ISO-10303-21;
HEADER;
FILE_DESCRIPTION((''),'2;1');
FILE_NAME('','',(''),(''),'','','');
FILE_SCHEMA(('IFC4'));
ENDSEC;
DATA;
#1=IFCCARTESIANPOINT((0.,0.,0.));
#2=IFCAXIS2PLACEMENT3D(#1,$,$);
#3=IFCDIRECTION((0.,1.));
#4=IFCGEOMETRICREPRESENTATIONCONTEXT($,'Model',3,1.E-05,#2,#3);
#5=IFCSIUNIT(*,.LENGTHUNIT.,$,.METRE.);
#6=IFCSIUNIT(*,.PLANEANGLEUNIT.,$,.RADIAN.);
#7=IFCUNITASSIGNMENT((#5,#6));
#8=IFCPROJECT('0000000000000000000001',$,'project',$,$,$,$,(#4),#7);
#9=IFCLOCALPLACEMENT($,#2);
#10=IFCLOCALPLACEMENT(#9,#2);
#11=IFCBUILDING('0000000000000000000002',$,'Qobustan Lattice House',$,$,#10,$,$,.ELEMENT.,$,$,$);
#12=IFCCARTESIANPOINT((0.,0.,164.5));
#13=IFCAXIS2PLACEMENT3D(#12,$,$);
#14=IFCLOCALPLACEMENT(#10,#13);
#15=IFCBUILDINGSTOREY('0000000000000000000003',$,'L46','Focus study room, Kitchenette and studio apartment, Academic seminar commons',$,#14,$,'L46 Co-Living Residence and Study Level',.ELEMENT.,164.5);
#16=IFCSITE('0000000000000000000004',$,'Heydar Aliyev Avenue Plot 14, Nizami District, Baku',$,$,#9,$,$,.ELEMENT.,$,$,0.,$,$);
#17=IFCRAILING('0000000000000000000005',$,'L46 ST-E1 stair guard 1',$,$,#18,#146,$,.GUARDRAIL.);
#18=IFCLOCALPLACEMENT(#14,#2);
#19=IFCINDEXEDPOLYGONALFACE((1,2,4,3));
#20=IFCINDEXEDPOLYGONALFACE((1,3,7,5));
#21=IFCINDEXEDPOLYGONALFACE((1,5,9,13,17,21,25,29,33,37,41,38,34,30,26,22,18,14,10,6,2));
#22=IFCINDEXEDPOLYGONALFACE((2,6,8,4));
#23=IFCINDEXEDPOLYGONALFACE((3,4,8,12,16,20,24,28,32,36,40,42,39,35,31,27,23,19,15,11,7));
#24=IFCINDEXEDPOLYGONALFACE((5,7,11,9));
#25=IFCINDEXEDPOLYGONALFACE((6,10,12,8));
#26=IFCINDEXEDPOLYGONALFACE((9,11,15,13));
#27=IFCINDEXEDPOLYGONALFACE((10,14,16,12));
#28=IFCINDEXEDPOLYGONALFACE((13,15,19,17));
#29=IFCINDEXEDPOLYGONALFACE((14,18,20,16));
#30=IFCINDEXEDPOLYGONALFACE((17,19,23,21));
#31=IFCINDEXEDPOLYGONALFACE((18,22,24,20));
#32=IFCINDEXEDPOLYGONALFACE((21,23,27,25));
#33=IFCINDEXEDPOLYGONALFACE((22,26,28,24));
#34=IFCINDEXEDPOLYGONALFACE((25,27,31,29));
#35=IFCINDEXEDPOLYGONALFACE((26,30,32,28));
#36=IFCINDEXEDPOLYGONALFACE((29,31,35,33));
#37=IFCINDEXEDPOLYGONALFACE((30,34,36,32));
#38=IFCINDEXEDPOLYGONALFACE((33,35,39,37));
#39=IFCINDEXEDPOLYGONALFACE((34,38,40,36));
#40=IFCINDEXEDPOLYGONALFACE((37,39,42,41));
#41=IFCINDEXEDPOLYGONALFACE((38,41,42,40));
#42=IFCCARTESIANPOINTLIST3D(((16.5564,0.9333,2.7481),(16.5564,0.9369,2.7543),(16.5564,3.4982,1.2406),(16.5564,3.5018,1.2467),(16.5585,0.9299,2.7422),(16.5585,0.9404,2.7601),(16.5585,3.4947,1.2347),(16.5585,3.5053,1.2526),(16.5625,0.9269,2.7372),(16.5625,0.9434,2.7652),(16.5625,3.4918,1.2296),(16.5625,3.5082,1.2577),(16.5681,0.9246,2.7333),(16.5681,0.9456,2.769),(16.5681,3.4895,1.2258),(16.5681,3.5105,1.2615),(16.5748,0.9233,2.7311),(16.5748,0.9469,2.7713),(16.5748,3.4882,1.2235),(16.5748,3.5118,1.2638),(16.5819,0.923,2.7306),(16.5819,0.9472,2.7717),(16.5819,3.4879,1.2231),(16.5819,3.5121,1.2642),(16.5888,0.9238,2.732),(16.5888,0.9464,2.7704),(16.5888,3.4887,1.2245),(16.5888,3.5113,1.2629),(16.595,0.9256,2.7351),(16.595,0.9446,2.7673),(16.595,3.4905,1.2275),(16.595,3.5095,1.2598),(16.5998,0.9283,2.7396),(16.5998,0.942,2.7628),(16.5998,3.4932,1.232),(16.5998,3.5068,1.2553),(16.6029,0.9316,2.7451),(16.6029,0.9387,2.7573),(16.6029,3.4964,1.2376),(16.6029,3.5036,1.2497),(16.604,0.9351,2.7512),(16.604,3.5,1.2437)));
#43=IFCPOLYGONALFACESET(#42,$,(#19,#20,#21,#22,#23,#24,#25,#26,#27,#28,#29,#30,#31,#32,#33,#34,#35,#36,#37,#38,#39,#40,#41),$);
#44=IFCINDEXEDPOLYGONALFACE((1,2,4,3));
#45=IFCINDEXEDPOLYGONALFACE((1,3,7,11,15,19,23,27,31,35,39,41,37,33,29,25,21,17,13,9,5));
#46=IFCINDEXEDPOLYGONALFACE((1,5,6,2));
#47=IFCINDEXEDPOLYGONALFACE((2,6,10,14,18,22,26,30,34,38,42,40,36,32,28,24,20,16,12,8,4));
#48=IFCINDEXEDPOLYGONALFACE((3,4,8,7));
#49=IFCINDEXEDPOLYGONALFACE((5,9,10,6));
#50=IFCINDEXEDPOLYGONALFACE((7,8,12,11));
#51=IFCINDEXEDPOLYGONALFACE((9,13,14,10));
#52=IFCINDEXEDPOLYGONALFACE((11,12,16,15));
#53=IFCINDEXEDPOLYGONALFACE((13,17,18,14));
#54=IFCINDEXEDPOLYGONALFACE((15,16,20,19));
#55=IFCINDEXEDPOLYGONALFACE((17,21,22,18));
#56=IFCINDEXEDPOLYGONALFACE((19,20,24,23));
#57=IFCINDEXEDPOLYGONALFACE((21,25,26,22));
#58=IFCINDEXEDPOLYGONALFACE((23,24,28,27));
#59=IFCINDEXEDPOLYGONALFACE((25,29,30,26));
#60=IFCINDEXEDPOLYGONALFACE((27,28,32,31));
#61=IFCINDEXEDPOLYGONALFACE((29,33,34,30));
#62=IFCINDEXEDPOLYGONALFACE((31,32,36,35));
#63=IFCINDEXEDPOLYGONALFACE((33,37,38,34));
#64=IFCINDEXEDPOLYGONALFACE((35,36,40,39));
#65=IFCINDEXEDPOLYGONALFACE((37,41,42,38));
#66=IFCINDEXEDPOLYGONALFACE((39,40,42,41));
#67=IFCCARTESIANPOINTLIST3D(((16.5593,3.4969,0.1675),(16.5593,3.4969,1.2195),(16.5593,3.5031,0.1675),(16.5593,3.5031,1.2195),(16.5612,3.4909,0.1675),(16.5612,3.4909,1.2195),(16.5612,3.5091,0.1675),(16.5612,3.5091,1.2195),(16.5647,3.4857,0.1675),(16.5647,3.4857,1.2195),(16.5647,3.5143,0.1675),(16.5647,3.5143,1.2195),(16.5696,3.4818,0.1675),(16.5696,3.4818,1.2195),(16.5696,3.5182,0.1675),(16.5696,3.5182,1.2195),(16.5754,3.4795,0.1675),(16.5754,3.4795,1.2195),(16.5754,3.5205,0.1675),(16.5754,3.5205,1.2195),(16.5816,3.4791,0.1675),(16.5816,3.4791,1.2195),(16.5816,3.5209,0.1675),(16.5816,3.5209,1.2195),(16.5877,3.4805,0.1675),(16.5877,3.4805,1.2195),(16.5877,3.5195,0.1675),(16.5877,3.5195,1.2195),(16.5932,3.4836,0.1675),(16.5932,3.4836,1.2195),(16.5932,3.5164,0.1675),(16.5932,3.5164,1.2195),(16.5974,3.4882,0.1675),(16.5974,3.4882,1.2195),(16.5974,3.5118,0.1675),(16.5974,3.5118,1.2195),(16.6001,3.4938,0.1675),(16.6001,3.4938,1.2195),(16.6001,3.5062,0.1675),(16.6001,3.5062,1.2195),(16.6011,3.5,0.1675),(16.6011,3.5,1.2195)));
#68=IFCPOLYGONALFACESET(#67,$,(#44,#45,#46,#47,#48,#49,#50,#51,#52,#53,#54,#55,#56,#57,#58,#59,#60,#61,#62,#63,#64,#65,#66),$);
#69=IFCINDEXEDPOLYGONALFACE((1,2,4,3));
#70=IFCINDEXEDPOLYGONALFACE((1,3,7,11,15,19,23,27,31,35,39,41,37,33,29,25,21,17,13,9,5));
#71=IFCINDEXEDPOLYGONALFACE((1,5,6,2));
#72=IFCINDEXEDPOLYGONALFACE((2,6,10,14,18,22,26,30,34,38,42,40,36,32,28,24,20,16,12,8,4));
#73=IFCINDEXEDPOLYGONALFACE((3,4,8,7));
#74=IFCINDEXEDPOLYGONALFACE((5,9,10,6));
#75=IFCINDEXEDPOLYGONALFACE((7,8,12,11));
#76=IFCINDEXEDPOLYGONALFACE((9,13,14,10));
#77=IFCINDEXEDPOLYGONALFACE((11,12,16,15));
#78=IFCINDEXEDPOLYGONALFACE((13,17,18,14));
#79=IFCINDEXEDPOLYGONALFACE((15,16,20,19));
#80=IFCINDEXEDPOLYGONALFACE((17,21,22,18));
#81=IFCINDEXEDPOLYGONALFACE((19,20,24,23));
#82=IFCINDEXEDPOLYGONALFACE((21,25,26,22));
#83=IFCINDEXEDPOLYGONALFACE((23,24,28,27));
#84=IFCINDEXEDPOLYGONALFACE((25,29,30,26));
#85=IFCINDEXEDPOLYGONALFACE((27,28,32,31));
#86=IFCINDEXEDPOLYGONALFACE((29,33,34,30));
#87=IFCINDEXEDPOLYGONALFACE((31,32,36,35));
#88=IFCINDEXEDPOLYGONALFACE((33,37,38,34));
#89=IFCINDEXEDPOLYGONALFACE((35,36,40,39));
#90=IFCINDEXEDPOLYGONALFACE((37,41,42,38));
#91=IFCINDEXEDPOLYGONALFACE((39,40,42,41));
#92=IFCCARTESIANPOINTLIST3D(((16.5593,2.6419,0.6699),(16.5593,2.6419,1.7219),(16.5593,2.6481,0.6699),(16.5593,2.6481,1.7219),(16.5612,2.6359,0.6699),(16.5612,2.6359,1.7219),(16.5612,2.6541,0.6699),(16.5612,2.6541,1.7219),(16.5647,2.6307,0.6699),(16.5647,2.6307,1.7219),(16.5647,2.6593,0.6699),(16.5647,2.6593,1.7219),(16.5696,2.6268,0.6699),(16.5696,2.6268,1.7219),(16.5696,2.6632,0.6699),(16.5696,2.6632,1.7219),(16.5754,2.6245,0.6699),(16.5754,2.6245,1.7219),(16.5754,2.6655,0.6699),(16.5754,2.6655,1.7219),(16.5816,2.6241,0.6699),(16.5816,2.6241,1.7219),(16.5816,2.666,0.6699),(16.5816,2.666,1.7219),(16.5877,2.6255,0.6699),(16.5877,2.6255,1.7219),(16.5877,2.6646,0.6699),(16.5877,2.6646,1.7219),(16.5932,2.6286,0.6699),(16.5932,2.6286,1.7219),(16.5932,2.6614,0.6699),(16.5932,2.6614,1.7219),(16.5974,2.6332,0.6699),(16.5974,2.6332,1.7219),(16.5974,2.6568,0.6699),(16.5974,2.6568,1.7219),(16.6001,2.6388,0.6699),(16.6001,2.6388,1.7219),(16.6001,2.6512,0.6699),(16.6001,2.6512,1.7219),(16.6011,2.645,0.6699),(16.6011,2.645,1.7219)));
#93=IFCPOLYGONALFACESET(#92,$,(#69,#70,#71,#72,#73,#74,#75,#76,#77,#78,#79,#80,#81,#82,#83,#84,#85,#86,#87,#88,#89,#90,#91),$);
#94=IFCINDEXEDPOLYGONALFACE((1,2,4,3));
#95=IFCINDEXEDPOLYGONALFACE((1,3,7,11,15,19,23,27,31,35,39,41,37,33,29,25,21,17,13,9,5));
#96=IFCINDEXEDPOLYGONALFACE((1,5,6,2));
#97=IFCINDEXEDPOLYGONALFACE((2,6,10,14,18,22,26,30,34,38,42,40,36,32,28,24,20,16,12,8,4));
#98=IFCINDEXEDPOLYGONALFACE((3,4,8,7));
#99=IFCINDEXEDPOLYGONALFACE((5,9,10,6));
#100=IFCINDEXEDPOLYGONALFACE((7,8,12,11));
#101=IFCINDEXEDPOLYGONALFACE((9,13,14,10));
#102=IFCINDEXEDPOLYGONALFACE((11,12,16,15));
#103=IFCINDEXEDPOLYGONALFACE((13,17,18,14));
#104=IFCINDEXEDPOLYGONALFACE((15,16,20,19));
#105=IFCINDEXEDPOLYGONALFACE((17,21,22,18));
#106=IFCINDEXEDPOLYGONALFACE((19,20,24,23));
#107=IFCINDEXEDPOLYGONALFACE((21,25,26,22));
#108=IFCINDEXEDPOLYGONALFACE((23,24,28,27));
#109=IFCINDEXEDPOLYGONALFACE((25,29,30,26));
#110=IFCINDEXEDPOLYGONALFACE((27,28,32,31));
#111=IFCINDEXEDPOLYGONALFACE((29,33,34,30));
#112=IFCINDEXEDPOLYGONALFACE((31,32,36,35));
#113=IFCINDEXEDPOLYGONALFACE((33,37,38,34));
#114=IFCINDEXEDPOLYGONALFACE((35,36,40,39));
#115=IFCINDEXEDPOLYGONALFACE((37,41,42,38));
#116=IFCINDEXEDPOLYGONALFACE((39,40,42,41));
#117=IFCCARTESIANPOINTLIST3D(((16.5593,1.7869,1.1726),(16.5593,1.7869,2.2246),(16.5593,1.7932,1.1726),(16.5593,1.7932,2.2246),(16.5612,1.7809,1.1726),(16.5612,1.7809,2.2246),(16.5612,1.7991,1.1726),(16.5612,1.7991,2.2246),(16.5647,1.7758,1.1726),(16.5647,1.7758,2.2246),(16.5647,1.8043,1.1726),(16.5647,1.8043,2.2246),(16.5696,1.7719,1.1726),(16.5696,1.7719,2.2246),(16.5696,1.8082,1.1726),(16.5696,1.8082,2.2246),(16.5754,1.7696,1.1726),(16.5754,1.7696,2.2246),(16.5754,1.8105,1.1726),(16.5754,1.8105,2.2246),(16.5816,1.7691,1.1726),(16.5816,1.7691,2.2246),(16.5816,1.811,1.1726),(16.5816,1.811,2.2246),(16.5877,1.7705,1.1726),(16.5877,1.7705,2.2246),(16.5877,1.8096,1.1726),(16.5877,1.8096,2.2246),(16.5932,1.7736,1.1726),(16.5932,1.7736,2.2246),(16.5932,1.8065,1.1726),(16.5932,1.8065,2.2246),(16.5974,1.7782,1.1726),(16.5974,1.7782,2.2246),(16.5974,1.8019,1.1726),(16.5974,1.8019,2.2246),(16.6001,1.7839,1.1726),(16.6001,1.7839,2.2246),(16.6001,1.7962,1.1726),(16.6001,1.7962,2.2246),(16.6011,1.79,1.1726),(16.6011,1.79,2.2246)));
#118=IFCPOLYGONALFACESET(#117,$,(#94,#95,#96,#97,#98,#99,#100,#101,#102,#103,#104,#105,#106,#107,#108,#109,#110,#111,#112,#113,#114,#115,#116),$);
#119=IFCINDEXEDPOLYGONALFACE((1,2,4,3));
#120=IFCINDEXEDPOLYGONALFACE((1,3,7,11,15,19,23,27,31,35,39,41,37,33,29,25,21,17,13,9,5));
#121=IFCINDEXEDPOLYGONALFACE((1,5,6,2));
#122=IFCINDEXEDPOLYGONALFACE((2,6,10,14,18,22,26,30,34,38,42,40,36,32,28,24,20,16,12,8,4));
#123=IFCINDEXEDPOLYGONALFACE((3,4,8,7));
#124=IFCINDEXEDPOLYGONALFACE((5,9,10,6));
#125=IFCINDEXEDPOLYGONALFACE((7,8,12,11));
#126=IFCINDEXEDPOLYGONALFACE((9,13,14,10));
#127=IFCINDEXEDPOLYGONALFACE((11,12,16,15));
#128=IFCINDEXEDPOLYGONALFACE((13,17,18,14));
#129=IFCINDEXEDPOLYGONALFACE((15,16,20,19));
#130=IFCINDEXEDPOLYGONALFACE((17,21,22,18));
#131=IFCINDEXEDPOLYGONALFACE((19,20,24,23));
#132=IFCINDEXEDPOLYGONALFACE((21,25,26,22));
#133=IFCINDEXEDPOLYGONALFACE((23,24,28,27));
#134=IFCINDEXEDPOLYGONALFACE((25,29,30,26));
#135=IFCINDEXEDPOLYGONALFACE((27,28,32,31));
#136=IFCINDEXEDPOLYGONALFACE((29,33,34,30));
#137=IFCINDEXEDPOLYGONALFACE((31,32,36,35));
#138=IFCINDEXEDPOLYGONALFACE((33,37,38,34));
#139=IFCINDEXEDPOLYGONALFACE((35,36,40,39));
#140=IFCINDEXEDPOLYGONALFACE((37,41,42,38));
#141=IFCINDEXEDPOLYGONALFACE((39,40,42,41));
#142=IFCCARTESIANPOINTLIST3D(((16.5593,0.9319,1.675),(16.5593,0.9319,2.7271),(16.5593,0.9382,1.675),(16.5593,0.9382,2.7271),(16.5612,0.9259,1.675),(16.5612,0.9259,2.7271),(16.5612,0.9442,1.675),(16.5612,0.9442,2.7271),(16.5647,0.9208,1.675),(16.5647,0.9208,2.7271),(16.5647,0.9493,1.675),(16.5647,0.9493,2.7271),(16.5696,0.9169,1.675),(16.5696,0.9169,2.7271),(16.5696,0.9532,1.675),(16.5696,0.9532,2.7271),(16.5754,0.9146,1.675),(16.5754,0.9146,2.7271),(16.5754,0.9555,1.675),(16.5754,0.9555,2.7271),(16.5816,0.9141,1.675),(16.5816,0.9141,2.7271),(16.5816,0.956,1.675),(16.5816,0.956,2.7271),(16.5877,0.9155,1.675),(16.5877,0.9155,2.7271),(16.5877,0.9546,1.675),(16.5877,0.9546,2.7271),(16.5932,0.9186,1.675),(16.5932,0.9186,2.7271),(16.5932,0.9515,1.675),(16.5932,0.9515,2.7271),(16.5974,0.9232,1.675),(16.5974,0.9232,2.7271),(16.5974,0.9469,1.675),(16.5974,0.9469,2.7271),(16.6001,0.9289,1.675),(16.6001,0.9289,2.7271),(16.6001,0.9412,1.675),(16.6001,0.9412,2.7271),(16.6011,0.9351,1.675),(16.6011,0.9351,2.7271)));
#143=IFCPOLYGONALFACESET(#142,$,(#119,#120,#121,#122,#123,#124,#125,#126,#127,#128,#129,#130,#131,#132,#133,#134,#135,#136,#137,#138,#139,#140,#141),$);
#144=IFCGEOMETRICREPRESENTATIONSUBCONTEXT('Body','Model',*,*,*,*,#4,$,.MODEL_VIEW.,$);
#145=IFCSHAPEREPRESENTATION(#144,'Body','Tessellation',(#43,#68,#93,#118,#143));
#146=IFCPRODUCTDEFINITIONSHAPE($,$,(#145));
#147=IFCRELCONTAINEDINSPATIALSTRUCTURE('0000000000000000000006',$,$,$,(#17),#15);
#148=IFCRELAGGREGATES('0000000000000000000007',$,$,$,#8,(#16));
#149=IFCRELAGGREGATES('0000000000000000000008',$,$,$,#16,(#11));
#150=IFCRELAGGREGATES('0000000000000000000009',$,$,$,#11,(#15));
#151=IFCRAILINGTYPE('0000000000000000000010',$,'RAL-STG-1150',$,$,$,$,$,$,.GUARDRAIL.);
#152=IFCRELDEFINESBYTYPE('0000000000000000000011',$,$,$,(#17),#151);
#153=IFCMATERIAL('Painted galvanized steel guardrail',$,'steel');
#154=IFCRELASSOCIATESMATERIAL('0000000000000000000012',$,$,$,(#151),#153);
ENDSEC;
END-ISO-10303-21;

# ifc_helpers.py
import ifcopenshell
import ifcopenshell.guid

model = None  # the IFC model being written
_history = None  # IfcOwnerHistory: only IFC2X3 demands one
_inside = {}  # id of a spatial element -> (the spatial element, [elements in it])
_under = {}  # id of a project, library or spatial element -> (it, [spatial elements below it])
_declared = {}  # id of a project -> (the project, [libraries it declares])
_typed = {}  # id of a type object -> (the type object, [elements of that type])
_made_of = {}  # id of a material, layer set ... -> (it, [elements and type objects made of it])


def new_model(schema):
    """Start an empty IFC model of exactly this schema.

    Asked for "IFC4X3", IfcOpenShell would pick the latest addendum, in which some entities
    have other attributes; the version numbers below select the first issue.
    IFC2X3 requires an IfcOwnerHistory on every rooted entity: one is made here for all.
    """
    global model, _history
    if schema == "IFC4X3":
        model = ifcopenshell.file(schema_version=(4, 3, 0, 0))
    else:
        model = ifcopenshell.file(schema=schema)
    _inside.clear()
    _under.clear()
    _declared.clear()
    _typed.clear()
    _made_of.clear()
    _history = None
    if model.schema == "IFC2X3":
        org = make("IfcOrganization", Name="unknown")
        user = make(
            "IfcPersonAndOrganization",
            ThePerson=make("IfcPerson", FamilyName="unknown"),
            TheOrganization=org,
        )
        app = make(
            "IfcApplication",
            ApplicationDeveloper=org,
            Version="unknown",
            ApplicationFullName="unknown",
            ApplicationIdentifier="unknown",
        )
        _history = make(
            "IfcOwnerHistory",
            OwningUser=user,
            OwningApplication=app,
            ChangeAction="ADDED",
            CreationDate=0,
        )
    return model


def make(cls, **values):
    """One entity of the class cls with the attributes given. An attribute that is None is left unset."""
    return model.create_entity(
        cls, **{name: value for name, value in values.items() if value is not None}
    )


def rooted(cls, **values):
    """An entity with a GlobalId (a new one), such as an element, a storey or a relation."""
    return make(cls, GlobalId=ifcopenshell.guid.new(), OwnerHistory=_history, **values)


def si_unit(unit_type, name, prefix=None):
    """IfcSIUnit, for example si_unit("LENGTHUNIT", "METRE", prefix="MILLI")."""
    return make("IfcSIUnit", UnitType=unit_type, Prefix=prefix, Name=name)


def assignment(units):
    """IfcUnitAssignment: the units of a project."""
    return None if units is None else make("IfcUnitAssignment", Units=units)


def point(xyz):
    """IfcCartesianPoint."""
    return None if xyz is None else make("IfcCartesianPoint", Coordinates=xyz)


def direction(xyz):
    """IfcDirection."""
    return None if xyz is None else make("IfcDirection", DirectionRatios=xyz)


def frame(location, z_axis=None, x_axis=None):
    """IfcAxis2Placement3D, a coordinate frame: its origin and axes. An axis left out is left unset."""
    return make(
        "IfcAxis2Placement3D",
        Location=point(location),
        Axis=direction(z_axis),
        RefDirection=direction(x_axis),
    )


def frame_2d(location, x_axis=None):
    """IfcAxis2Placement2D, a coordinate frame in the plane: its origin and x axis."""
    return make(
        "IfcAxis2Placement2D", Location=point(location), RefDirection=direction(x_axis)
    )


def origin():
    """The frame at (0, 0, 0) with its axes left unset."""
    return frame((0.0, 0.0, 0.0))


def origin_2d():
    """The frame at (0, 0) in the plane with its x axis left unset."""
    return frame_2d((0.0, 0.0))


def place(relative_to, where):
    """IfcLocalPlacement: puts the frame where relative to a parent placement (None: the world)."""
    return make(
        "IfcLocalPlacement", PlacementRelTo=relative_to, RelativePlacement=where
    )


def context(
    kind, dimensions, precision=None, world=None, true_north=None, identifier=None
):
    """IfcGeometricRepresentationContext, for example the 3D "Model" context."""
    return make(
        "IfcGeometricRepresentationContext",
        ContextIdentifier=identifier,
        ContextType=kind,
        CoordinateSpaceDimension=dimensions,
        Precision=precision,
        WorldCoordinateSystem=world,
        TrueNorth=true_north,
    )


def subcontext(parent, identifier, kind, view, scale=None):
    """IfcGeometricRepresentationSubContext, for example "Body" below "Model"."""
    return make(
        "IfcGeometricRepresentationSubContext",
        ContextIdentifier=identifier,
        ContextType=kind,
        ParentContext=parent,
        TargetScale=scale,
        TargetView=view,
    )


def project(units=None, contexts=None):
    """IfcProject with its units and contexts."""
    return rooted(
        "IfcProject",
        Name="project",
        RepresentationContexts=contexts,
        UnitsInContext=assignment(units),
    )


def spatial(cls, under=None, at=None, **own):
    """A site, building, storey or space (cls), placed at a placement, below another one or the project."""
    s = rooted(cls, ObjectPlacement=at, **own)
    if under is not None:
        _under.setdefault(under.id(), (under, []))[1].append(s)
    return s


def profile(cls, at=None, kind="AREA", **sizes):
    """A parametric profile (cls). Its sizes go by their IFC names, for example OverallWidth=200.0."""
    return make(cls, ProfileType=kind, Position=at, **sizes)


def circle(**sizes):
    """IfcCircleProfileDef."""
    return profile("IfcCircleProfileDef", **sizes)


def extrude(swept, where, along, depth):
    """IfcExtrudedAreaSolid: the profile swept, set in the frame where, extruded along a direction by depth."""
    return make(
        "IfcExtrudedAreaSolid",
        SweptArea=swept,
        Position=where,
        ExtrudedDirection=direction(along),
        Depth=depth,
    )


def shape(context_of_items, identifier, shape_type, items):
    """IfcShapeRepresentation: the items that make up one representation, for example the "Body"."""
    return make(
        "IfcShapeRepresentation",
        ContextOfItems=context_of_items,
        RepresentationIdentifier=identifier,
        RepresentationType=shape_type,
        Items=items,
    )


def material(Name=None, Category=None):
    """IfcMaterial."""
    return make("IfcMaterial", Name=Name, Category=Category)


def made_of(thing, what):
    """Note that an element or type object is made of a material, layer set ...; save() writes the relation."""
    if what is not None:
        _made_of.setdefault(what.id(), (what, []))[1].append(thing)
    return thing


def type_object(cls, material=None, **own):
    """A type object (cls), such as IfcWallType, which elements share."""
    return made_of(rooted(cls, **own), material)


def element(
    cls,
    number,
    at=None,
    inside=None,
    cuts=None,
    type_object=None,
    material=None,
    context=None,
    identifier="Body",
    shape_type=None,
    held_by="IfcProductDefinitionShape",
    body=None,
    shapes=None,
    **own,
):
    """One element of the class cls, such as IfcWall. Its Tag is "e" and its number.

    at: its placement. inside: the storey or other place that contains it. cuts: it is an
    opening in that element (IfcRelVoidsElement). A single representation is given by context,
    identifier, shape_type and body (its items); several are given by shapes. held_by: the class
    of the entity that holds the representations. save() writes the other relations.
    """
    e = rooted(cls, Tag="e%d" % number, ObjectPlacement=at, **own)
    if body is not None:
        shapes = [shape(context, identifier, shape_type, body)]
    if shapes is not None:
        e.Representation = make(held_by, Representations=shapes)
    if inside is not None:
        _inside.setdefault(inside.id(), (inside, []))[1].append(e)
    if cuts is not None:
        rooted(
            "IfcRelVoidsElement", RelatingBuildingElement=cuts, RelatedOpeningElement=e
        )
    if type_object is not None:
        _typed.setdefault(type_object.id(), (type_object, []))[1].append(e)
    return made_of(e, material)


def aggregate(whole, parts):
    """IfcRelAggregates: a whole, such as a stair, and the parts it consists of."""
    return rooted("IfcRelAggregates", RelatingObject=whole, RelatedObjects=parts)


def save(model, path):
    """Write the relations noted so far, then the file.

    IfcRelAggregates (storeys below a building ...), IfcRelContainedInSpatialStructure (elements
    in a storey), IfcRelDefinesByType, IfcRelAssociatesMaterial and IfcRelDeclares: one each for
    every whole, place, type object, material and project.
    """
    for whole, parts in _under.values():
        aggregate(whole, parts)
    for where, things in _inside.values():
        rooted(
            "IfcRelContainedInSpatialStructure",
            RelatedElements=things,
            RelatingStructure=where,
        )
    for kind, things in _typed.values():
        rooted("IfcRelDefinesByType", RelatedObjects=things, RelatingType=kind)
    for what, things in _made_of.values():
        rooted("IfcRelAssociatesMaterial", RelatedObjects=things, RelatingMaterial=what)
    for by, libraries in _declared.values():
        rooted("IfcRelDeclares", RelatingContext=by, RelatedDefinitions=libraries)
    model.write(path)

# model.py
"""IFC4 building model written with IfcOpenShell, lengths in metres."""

from ifc_helpers import new_model, si_unit, direction, frame, origin, origin_2d, place, context, subcontext, project, spatial, circle, extrude, material, type_object, element, save


model = new_model("IFC4")

# Units and contexts
model_context = context("Model", 3, precision=1e-05, world=origin(), true_north=direction((0.0, 1.0)))
body_context = subcontext(model_context, "Body", "Model", "MODEL_VIEW")
ifc_project = project(units=[si_unit("LENGTHUNIT", "METRE"), si_unit("PLANEANGLEUNIT", "RADIAN")], contexts=[model_context])

# Site, building, storey
site_placement = place(None, origin())
site = spatial("IfcSite", under=ifc_project, at=site_placement, Name="Heydar Aliyev Avenue Plot 14, Nizami District, Baku", CompositionType="ELEMENT", RefElevation=0.0)
building_placement = place(site_placement, origin())
building = spatial("IfcBuilding", under=site, at=building_placement, Name="Qobustan Lattice House", CompositionType="ELEMENT")
storey_placement = place(building_placement, frame((0.0, 0.0, 164.5)))
storey = spatial("IfcBuildingStorey", under=building, at=storey_placement, Name="L46", Description="Focus study room, Kitchenette and studio apartment, Academic seminar commons", LongName="L46 Co-Living Residence and Study Level", CompositionType="ELEMENT", Elevation=164.5)

# Railing
ifc_material_1 = material(Name="Painted galvanized steel guardrail", Category="steel")
railing_type_1 = type_object("IfcRailingType", Name="RAL-STG-1150", PredefinedType="GUARDRAIL", material=ifc_material_1)
railing_1_placement = place(storey_placement, frame((16.5801, 3.5, 0.1675)))
element("IfcRailing", 1, at=railing_1_placement, inside=storey, type_object=railing_type_1, Name="L46 ST-E1 stair guard 1", PredefinedType="GUARDRAIL", context=body_context, shape_type="SweptSolid", body=[
    extrude(circle(Radius=0.0239, at=origin_2d()), frame((0.0, 0.0, 1.0762), z_axis=(0.0, -0.862113, 0.506715), x_axis=(1.0, 0.0, 0.0)), (0.0, 0.0, 1.0), 2.9751),
    extrude(circle(Radius=0.021, at=origin_2d()), origin(), (0.0, 0.0, 1.0), 1.052),
    extrude(circle(Radius=0.021, at=origin_2d()), frame((0.0, -0.855, 0.5024)), (0.0, 0.0, 1.0), 1.052),
    extrude(circle(Radius=0.021, at=origin_2d()), frame((0.0, -1.71, 1.0051)), (0.0, 0.0, 1.0), 1.052),
    extrude(circle(Radius=0.021, at=origin_2d()), frame((0.0, -2.5649, 1.5076)), (0.0, 0.0, 1.0), 1.052),
])

save(model, "model.ifc")
